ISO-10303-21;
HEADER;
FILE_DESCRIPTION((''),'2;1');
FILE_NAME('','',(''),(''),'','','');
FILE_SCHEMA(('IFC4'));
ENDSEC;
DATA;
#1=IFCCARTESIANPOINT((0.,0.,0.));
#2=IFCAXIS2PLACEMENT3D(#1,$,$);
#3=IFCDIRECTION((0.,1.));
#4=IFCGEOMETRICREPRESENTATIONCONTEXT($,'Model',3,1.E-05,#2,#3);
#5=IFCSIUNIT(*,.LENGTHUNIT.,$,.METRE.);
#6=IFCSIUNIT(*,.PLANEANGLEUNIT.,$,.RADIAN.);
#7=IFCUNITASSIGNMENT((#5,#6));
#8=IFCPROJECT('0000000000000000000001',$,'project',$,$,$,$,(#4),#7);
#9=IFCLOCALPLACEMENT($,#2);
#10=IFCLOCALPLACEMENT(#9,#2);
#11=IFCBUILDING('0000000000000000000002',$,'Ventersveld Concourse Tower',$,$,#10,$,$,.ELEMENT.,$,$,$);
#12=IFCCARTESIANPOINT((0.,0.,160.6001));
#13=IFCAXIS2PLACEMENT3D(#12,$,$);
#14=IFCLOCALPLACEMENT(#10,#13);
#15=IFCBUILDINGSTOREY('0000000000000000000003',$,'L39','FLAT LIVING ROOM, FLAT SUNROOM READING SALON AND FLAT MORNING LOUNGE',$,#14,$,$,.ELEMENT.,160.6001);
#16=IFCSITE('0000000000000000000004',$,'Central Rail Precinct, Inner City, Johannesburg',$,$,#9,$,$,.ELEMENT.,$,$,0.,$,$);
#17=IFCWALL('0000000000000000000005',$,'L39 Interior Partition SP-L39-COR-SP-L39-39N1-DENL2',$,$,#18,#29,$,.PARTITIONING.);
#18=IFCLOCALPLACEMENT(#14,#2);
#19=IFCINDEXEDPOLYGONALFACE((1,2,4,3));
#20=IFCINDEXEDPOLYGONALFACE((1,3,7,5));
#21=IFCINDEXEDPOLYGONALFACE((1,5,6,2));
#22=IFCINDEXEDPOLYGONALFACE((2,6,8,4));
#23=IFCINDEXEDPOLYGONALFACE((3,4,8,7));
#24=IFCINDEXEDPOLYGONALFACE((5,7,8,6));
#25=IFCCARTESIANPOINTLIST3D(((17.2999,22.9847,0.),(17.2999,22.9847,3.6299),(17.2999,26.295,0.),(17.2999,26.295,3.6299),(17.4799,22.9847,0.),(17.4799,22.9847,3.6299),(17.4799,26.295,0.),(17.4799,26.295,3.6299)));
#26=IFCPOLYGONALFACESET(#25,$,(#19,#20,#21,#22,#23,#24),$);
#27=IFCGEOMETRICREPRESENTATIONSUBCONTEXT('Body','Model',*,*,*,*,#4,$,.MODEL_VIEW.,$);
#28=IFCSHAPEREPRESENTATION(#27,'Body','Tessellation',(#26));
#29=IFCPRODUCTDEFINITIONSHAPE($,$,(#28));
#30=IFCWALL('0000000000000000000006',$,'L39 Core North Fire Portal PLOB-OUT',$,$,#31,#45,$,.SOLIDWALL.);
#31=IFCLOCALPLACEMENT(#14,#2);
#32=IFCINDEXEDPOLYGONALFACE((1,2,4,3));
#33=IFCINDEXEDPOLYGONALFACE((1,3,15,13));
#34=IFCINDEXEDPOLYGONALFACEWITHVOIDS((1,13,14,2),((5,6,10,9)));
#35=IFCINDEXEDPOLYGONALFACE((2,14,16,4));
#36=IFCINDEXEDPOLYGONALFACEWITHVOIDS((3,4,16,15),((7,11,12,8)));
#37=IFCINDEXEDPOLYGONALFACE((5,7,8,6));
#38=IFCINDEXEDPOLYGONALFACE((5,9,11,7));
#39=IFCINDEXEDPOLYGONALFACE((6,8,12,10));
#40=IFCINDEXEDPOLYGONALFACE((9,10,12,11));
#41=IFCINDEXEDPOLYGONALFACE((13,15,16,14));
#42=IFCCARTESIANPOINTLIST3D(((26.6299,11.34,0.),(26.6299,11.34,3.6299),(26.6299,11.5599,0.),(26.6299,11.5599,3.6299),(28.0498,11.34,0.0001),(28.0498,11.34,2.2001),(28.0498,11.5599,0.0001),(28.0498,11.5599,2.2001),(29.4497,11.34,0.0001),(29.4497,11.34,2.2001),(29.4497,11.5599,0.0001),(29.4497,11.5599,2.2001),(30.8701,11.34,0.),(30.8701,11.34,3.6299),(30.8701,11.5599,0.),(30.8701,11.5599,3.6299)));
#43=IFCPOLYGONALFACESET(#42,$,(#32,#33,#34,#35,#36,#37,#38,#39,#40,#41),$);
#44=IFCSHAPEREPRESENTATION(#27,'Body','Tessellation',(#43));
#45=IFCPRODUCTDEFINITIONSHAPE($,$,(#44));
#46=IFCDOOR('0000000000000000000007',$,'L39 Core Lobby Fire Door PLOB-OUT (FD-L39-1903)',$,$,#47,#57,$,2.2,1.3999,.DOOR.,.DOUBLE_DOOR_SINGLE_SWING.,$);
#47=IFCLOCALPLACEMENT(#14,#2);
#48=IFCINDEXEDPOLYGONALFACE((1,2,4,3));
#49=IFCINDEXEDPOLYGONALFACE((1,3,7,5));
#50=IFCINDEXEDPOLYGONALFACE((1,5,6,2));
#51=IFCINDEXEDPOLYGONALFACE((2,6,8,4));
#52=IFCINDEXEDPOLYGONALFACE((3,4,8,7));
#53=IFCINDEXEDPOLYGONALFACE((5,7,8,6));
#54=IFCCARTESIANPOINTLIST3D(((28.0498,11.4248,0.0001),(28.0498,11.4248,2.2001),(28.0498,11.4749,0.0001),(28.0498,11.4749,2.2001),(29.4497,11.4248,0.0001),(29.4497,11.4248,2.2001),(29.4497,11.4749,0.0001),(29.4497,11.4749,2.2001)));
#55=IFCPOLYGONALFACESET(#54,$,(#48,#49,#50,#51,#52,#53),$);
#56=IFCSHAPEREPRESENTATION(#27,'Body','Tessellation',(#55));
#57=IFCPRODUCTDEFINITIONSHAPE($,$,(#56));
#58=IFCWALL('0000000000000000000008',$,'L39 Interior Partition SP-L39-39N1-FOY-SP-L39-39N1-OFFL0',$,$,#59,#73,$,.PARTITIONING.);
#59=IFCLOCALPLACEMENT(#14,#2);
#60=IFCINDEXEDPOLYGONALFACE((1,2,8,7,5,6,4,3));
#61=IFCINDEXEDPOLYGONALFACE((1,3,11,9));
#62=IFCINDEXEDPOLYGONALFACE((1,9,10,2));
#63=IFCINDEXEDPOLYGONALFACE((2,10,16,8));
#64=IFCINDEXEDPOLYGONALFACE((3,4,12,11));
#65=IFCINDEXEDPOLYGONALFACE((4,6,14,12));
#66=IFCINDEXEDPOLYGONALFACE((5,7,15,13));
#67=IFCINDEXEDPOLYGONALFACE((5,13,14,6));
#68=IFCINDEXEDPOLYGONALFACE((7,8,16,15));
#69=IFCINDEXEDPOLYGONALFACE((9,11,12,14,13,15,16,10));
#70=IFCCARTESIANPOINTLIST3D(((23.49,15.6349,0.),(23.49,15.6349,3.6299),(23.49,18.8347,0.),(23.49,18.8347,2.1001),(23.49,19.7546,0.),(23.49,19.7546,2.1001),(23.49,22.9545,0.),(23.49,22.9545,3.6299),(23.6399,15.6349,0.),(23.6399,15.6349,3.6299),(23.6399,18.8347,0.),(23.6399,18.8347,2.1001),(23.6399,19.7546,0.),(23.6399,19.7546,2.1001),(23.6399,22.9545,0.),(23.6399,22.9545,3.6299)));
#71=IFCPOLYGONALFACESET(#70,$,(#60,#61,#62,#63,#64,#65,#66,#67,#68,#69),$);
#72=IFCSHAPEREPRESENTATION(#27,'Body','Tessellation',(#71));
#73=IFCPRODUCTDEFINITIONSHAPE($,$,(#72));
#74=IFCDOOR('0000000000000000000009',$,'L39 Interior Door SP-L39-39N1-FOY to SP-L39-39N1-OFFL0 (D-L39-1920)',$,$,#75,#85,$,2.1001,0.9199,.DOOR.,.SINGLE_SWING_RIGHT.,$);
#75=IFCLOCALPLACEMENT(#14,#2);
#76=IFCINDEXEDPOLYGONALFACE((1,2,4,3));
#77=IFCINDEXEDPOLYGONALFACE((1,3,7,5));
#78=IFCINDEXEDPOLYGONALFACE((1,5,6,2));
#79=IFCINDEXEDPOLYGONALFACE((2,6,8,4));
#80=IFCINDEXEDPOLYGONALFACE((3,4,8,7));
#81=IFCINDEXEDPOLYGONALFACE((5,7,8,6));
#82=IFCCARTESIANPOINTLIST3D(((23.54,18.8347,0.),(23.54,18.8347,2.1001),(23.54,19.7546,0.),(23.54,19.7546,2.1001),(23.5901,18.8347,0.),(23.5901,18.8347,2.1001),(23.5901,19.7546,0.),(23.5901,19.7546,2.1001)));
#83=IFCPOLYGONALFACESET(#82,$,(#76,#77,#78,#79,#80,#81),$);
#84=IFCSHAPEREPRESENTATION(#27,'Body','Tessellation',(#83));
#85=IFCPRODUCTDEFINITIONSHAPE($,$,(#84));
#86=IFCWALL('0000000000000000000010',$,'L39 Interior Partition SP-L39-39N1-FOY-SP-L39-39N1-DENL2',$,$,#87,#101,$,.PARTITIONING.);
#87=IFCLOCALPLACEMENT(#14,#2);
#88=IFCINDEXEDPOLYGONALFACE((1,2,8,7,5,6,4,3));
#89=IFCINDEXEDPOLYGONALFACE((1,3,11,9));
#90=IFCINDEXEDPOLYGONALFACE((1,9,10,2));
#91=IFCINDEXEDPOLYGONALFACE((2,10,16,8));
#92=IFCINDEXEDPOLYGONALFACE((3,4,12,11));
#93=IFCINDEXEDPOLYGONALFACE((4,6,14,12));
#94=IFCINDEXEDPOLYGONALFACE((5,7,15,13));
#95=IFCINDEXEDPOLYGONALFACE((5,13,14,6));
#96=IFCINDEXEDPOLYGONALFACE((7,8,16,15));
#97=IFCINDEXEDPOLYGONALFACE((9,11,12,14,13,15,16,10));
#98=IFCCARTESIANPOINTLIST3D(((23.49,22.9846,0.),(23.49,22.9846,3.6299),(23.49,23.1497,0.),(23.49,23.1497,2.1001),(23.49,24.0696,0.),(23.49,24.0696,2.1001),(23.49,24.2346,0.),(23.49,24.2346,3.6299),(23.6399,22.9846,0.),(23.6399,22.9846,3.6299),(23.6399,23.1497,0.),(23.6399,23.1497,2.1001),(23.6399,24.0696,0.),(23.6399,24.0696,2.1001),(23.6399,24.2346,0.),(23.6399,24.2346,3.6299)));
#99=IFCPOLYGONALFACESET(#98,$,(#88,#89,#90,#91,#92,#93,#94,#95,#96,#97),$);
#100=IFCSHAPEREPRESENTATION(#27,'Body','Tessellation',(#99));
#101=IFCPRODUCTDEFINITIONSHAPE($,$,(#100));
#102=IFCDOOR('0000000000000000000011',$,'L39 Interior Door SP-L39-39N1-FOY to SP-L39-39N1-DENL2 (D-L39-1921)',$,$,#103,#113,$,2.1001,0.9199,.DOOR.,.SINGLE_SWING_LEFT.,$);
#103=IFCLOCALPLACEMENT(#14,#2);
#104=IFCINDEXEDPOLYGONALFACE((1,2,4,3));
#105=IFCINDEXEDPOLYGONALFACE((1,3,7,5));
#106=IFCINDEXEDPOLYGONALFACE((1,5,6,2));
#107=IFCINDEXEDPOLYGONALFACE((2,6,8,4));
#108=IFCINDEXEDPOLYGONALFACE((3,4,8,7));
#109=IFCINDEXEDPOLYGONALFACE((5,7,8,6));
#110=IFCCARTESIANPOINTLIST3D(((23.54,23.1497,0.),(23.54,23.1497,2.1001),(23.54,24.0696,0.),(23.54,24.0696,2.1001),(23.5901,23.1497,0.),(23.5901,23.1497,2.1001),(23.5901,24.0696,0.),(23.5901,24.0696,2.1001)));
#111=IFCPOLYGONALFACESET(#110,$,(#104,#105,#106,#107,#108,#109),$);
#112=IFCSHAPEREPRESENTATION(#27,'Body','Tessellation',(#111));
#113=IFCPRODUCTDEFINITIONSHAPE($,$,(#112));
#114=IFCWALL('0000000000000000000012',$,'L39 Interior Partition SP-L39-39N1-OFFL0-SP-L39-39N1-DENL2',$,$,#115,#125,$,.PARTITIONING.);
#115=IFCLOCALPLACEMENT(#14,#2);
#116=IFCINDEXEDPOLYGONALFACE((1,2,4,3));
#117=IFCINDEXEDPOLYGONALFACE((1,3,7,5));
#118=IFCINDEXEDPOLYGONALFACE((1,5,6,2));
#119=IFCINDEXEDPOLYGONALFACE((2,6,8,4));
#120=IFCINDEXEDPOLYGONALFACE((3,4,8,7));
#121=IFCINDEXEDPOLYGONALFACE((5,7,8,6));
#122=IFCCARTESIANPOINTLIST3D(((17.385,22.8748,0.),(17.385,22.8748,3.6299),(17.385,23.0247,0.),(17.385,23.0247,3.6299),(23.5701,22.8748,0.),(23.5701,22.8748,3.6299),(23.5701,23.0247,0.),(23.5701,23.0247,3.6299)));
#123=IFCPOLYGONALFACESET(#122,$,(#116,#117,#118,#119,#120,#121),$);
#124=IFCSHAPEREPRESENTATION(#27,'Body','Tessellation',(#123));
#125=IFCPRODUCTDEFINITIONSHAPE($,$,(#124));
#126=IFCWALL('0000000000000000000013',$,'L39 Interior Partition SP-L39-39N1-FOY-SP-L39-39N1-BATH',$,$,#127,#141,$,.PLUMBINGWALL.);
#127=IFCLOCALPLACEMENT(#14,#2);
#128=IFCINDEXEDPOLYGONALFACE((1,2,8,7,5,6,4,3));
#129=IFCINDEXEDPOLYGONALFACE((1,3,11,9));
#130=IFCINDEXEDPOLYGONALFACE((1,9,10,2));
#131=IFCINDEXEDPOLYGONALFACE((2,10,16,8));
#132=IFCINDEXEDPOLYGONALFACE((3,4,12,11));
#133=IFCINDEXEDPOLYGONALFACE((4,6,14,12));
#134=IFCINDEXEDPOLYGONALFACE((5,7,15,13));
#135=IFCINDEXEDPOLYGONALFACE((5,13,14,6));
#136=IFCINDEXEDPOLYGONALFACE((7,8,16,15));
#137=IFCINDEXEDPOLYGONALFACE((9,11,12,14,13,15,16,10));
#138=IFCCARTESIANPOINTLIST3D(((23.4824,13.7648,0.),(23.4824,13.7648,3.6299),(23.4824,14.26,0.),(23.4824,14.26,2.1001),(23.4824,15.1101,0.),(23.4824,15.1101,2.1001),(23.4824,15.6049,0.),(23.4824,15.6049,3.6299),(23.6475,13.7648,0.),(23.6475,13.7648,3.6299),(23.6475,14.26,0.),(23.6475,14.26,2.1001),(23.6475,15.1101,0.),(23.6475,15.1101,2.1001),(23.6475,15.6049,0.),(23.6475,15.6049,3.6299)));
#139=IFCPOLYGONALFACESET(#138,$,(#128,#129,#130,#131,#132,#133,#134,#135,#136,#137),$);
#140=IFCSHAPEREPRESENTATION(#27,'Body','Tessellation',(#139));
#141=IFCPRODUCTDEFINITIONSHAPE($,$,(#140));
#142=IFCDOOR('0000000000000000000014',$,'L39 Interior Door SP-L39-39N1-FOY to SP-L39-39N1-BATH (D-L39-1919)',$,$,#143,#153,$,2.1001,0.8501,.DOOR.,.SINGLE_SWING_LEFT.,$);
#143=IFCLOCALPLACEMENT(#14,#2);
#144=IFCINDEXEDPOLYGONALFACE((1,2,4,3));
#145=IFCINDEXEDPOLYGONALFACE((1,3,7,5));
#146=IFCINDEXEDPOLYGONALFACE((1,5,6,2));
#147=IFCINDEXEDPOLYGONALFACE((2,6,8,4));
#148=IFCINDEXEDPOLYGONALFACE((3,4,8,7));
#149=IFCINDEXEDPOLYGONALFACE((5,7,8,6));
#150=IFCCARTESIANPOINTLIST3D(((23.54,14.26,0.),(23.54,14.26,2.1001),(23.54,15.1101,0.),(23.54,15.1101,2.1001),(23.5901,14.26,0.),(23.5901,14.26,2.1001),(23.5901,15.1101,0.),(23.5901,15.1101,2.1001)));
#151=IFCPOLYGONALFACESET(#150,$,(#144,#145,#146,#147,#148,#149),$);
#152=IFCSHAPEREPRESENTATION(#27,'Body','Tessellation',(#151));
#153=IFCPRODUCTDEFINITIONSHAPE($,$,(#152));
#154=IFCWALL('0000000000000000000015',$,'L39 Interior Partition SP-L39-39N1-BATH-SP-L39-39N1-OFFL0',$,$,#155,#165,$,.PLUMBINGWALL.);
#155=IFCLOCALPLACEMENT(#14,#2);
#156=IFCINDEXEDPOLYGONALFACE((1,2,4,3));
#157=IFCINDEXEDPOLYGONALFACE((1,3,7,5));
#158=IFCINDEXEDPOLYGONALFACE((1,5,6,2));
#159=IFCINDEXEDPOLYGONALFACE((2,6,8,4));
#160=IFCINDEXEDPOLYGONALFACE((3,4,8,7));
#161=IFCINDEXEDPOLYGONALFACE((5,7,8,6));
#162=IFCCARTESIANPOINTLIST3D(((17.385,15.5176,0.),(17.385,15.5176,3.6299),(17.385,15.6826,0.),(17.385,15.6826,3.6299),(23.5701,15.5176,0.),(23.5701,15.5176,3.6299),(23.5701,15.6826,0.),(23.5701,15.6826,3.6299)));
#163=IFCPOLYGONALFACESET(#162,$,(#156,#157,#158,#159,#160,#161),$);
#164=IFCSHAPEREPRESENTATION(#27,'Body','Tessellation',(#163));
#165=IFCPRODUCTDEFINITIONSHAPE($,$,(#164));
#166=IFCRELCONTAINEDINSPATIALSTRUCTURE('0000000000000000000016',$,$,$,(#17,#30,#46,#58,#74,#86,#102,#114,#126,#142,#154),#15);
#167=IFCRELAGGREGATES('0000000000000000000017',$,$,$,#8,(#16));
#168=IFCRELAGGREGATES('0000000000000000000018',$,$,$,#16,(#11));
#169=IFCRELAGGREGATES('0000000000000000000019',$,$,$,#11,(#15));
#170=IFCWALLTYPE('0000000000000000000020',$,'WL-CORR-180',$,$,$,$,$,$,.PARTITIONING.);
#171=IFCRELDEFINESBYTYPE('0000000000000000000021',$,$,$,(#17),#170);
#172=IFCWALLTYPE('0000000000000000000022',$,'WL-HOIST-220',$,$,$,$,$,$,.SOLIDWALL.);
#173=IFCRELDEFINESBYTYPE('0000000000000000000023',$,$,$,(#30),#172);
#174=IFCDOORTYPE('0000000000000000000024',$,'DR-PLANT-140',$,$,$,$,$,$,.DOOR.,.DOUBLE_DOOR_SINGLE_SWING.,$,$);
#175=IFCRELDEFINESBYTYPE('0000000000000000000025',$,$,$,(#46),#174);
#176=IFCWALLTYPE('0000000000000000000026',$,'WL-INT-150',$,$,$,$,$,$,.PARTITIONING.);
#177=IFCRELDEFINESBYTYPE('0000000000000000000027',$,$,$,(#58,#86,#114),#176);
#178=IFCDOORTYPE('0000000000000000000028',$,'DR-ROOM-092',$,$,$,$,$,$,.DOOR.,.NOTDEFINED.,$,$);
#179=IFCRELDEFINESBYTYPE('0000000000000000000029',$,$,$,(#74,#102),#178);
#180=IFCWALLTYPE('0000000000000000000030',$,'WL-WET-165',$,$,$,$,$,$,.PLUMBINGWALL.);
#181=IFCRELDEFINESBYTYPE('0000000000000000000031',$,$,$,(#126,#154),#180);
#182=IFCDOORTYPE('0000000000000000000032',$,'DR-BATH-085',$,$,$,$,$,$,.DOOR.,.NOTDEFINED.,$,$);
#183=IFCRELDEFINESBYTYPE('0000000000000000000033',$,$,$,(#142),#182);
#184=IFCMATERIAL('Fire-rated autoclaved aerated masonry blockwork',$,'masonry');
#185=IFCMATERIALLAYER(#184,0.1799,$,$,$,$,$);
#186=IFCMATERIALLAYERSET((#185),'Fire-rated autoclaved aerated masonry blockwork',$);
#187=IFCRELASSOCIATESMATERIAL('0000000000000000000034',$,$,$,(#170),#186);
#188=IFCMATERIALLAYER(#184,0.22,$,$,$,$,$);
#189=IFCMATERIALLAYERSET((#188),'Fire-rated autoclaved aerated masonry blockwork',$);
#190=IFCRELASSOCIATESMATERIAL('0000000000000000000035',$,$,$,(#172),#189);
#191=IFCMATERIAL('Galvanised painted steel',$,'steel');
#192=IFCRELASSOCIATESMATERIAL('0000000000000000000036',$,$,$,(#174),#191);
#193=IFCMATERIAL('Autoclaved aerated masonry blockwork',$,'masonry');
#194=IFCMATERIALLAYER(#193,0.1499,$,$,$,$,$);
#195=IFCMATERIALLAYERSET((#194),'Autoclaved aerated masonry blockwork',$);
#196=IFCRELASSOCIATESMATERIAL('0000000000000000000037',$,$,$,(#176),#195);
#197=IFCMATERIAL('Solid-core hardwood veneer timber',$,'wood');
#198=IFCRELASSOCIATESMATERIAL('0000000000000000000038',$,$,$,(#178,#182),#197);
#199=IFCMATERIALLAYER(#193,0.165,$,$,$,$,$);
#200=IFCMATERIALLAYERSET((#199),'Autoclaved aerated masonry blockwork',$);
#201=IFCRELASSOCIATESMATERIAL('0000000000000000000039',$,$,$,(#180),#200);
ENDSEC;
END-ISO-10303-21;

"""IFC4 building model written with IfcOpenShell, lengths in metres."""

from ifc_helpers import new_model, si_unit, direction, frame, frame_2d, origin, place, context, subcontext, project, spatial, rectangle, extrude, material, layer, layer_set, type_object, element, fill, save


model = new_model("IFC4")

# Units and contexts
model_context = context("Model", 3, precision=1e-05, world=origin(), true_north=direction((0.0, 1.0)))
body_context = subcontext(model_context, "Body", "Model", "MODEL_VIEW")
ifc_project = project(units=[si_unit("LENGTHUNIT", "METRE"), si_unit("PLANEANGLEUNIT", "RADIAN")], contexts=[model_context])

# Site, building, storey
site_placement = place(None, origin())
site = spatial("IfcSite", under=ifc_project, at=site_placement, Name="Central Rail Precinct, Inner City, Johannesburg", CompositionType="ELEMENT", RefElevation=0.0)
building_placement = place(site_placement, origin())
building = spatial("IfcBuilding", under=site, at=building_placement, Name="Ventersveld Concourse Tower", CompositionType="ELEMENT")
storey_placement = place(building_placement, frame((0.0, 0.0, 160.6001)))
storey = spatial("IfcBuildingStorey", under=building, at=storey_placement, Name="L39", Description="FLAT LIVING ROOM, FLAT SUNROOM READING SALON AND FLAT MORNING LOUNGE", CompositionType="ELEMENT", Elevation=160.6001)

# Shared definitions
ifc_material_1 = material(Name="Fire-rated autoclaved aerated masonry blockwork", Category="masonry")
ifc_layer_1 = layer(ifc_material_1, 0.1799)
ifc_layer_set_1 = layer_set([ifc_layer_1], Name="Fire-rated autoclaved aerated masonry blockwork")
wall_type_1 = type_object("IfcWallType", Name="WL-CORR-180", PredefinedType="PARTITIONING", material=ifc_layer_set_1)

# Shared definitions
ifc_material_2 = material(Name="Solid-core hardwood veneer timber", Category="wood")

# Wall
wall_1_placement = place(storey_placement, frame((17.3899, 22.9846, 0.0), z_axis=(0.0, 0.0, 1.0), x_axis=(0.0, 1.0, 0.0)))
element("IfcWall", 1, at=wall_1_placement, inside=storey, type_object=wall_type_1, Name="L39 Interior Partition SP-L39-COR-SP-L39-39N1-DENL2", PredefinedType="PARTITIONING", context=body_context, shape_type="SweptSolid", body=[
    extrude(rectangle(XDim=3.3103, YDim=0.1799, at=frame_2d((1.6553, 0.0))), origin(), (0.0, 0.0, 1.0), 3.6299),
])

# Walls, openings, doors
ifc_layer_2 = layer(ifc_material_1, 0.22)
ifc_layer_set_2 = layer_set([ifc_layer_2], Name="Fire-rated autoclaved aerated masonry blockwork")
wall_type_2 = type_object("IfcWallType", Name="WL-HOIST-220", PredefinedType="SOLIDWALL", material=ifc_layer_set_2)
wall_2_placement = place(storey_placement, frame((26.6299, 11.45, 0.0), z_axis=(0.0, 0.0, 1.0), x_axis=(1.0, 0.0, 0.0)))
wall_2 = element("IfcWall", 2, at=wall_2_placement, inside=storey, type_object=wall_type_2, Name="L39 Core North Fire Portal PLOB-OUT", PredefinedType="SOLIDWALL", context=body_context, shape_type="SweptSolid", body=[
    extrude(rectangle(XDim=4.2402, YDim=0.22, at=frame_2d((2.1201, 0.0))), origin(), (0.0, 0.0, 1.0), 3.6299),
])
opening_1_placement = place(wall_2_placement, frame((1.4199, 0.0, 0.0)))
opening_1 = element("IfcOpeningElement", 3, at=opening_1_placement, cuts=wall_2, PredefinedType="OPENING", context=body_context, shape_type="SweptSolid", body=[
    extrude(rectangle(XDim=1.3999, YDim=2.2, at=frame_2d((0.7, 1.1001))), frame((0.0, 0.1201, 0.0), z_axis=(0.0, -1.0, 0.0), x_axis=(1.0, 0.0, 0.0)), (0.0, 0.0, 1.0), 0.24),
])
ifc_material_3 = material(Name="Galvanised painted steel", Category="steel")
door_type_1 = type_object("IfcDoorType", Name="DR-PLANT-140", OperationType="DOUBLE_DOOR_SINGLE_SWING", PredefinedType="DOOR", material=ifc_material_3)
door_1_placement = place(opening_1_placement, origin())
door_1 = element("IfcDoor", 4, at=door_1_placement, inside=storey, type_object=door_type_1, Name="L39 Core Lobby Fire Door PLOB-OUT (FD-L39-1903)", OperationType="DOUBLE_DOOR_SINGLE_SWING", OverallHeight=2.2, OverallWidth=1.3999, PredefinedType="DOOR", context=body_context, shape_type="SweptSolid", body=[
    extrude(rectangle(XDim=1.3999, YDim=2.2, at=frame_2d((0.7, 1.1001))), frame((0.0, 0.0249, 0.0), z_axis=(0.0, -1.0, 0.0), x_axis=(1.0, 0.0, 0.0)), (0.0, 0.0, 1.0), 0.05),
])
fill(opening_1, door_1)
ifc_material_4 = material(Name="Autoclaved aerated masonry blockwork", Category="masonry")
ifc_layer_3 = layer(ifc_material_4, 0.1499)
ifc_layer_set_3 = layer_set([ifc_layer_3], Name="Autoclaved aerated masonry blockwork")
wall_type_3 = type_object("IfcWallType", Name="WL-INT-150", PredefinedType="PARTITIONING", material=ifc_layer_set_3)
wall_3_placement = place(storey_placement, frame((23.5649, 15.635, 0.0), z_axis=(0.0, 0.0, 1.0), x_axis=(0.0, 1.0, 0.0)))
wall_3 = element("IfcWall", 5, at=wall_3_placement, inside=storey, type_object=wall_type_3, Name="L39 Interior Partition SP-L39-39N1-FOY-SP-L39-39N1-OFFL0", PredefinedType="PARTITIONING", context=body_context, shape_type="SweptSolid", body=[
    extrude(rectangle(XDim=7.3196, YDim=0.1499, at=frame_2d((3.6597, 0.0))), origin(), (0.0, 0.0, 1.0), 3.6299),
])
opening_2_placement = place(wall_3_placement, frame((3.1997, 0.0, 0.0)))
opening_2 = element("IfcOpeningElement", 6, at=opening_2_placement, cuts=wall_3, PredefinedType="OPENING", context=body_context, shape_type="SweptSolid", body=[
    extrude(rectangle(XDim=0.9199, YDim=2.1001, at=frame_2d((0.46, 1.05))), frame((0.0, 0.085, 0.0), z_axis=(0.0, -1.0, 0.0), x_axis=(1.0, 0.0, 0.0)), (0.0, 0.0, 1.0), 0.1699),
])
door_type_2 = type_object("IfcDoorType", Name="DR-ROOM-092", OperationType="NOTDEFINED", PredefinedType="DOOR", material=ifc_material_2)
door_2_placement = place(opening_2_placement, origin())
door_2 = element("IfcDoor", 7, at=door_2_placement, inside=storey, type_object=door_type_2, Name="L39 Interior Door SP-L39-39N1-FOY to SP-L39-39N1-OFFL0 (D-L39-1920)", OperationType="SINGLE_SWING_RIGHT", OverallHeight=2.1001, OverallWidth=0.9199, PredefinedType="DOOR", context=body_context, shape_type="SweptSolid", body=[
    extrude(rectangle(XDim=0.9199, YDim=2.1001, at=frame_2d((0.46, 1.05))), frame((0.0, 0.0249, 0.0), z_axis=(0.0, -1.0, 0.0), x_axis=(1.0, 0.0, 0.0)), (0.0, 0.0, 1.0), 0.05),
])
fill(opening_2, door_2)
wall_4_placement = place(storey_placement, frame((23.5649, 22.9846, 0.0), z_axis=(0.0, 0.0, 1.0), x_axis=(0.0, 1.0, 0.0)))
wall_4 = element("IfcWall", 8, at=wall_4_placement, inside=storey, type_object=wall_type_3, Name="L39 Interior Partition SP-L39-39N1-FOY-SP-L39-39N1-DENL2", PredefinedType="PARTITIONING", context=body_context, shape_type="SweptSolid", body=[
    extrude(rectangle(XDim=1.25, YDim=0.1499, at=frame_2d((0.625, 0.0))), origin(), (0.0, 0.0, 1.0), 3.6299),
])
opening_3_placement = place(wall_4_placement, frame((0.165, 0.0, 0.0)))
opening_3 = element("IfcOpeningElement", 9, at=opening_3_placement, cuts=wall_4, PredefinedType="OPENING", context=body_context, shape_type="SweptSolid", body=[
    extrude(rectangle(XDim=0.9199, YDim=2.1001, at=frame_2d((0.46, 1.05))), frame((0.0, 0.085, 0.0), z_axis=(0.0, -1.0, 0.0), x_axis=(1.0, 0.0, 0.0)), (0.0, 0.0, 1.0), 0.1699),
])
door_3_placement = place(opening_3_placement, origin())
door_3 = element("IfcDoor", 10, at=door_3_placement, inside=storey, type_object=door_type_2, Name="L39 Interior Door SP-L39-39N1-FOY to SP-L39-39N1-DENL2 (D-L39-1921)", OperationType="SINGLE_SWING_LEFT", OverallHeight=2.1001, OverallWidth=0.9199, PredefinedType="DOOR", context=body_context, shape_type="SweptSolid", body=[
    extrude(rectangle(XDim=0.9199, YDim=2.1001, at=frame_2d((0.46, 1.05))), frame((0.0, 0.0249, 0.0), z_axis=(0.0, -1.0, 0.0), x_axis=(1.0, 0.0, 0.0)), (0.0, 0.0, 1.0), 0.05),
])
fill(opening_3, door_3)

# Wall
wall_5_placement = place(storey_placement, frame((17.385, 22.9497, 0.0), z_axis=(0.0, 0.0, 1.0), x_axis=(1.0, 0.0, 0.0)))
element("IfcWall", 11, at=wall_5_placement, inside=storey, type_object=wall_type_3, Name="L39 Interior Partition SP-L39-39N1-OFFL0-SP-L39-39N1-DENL2", PredefinedType="PARTITIONING", context=body_context, shape_type="SweptSolid", body=[
    extrude(rectangle(XDim=6.1851, YDim=0.1499, at=frame_2d((3.0925, 0.0))), origin(), (0.0, 0.0, 1.0), 3.6299),
])

# Wall, opening, door
ifc_layer_4 = layer(ifc_material_4, 0.165)
ifc_layer_set_4 = layer_set([ifc_layer_4], Name="Autoclaved aerated masonry blockwork")
wall_type_4 = type_object("IfcWallType", Name="WL-WET-165", PredefinedType="PLUMBINGWALL", material=ifc_layer_set_4)
wall_6_placement = place(storey_placement, frame((23.5649, 13.7649, 0.0), z_axis=(0.0, 0.0, 1.0), x_axis=(0.0, 1.0, 0.0)))
wall_6 = element("IfcWall", 12, at=wall_6_placement, inside=storey, type_object=wall_type_4, Name="L39 Interior Partition SP-L39-39N1-FOY-SP-L39-39N1-BATH", PredefinedType="PLUMBINGWALL", context=body_context, shape_type="SweptSolid", body=[
    extrude(rectangle(XDim=1.8401, YDim=0.165, at=frame_2d((0.9199, 0.0))), origin(), (0.0, 0.0, 1.0), 3.6299),
])
opening_4_placement = place(wall_6_placement, frame((0.4951, 0.0, 0.0)))
opening_4 = element("IfcOpeningElement", 13, at=opening_4_placement, cuts=wall_6, PredefinedType="OPENING", context=body_context, shape_type="SweptSolid", body=[
    extrude(rectangle(XDim=0.8501, YDim=2.1001, at=frame_2d((0.425, 1.05))), frame((0.0, 0.0925, 0.0), z_axis=(0.0, -1.0, 0.0), x_axis=(1.0, 0.0, 0.0)), (0.0, 0.0, 1.0), 0.1851),
])
door_type_3 = type_object("IfcDoorType", Name="DR-BATH-085", OperationType="NOTDEFINED", PredefinedType="DOOR", material=ifc_material_2)
door_4_placement = place(opening_4_placement, origin())
door_4 = element("IfcDoor", 14, at=door_4_placement, inside=storey, type_object=door_type_3, Name="L39 Interior Door SP-L39-39N1-FOY to SP-L39-39N1-BATH (D-L39-1919)", OperationType="SINGLE_SWING_LEFT", OverallHeight=2.1001, OverallWidth=0.8501, PredefinedType="DOOR", context=body_context, shape_type="SweptSolid", body=[
    extrude(rectangle(XDim=0.8501, YDim=2.1001, at=frame_2d((0.425, 1.05))), frame((0.0, 0.0249, 0.0), z_axis=(0.0, -1.0, 0.0), x_axis=(1.0, 0.0, 0.0)), (0.0, 0.0, 1.0), 0.05),
])
fill(opening_4, door_4)

# Wall
wall_7_placement = place(storey_placement, frame((17.385, 15.6001, 0.0), z_axis=(0.0, 0.0, 1.0), x_axis=(1.0, 0.0, 0.0)))
element("IfcWall", 15, at=wall_7_placement, inside=storey, type_object=wall_type_4, Name="L39 Interior Partition SP-L39-39N1-BATH-SP-L39-39N1-OFFL0", PredefinedType="PLUMBINGWALL", context=body_context, shape_type="SweptSolid", body=[
    extrude(rectangle(XDim=6.1851, YDim=0.165, at=frame_2d((3.0925, 0.0))), origin(), (0.0, 0.0, 1.0), 3.6299),
])

save(model, "model.ifc")
